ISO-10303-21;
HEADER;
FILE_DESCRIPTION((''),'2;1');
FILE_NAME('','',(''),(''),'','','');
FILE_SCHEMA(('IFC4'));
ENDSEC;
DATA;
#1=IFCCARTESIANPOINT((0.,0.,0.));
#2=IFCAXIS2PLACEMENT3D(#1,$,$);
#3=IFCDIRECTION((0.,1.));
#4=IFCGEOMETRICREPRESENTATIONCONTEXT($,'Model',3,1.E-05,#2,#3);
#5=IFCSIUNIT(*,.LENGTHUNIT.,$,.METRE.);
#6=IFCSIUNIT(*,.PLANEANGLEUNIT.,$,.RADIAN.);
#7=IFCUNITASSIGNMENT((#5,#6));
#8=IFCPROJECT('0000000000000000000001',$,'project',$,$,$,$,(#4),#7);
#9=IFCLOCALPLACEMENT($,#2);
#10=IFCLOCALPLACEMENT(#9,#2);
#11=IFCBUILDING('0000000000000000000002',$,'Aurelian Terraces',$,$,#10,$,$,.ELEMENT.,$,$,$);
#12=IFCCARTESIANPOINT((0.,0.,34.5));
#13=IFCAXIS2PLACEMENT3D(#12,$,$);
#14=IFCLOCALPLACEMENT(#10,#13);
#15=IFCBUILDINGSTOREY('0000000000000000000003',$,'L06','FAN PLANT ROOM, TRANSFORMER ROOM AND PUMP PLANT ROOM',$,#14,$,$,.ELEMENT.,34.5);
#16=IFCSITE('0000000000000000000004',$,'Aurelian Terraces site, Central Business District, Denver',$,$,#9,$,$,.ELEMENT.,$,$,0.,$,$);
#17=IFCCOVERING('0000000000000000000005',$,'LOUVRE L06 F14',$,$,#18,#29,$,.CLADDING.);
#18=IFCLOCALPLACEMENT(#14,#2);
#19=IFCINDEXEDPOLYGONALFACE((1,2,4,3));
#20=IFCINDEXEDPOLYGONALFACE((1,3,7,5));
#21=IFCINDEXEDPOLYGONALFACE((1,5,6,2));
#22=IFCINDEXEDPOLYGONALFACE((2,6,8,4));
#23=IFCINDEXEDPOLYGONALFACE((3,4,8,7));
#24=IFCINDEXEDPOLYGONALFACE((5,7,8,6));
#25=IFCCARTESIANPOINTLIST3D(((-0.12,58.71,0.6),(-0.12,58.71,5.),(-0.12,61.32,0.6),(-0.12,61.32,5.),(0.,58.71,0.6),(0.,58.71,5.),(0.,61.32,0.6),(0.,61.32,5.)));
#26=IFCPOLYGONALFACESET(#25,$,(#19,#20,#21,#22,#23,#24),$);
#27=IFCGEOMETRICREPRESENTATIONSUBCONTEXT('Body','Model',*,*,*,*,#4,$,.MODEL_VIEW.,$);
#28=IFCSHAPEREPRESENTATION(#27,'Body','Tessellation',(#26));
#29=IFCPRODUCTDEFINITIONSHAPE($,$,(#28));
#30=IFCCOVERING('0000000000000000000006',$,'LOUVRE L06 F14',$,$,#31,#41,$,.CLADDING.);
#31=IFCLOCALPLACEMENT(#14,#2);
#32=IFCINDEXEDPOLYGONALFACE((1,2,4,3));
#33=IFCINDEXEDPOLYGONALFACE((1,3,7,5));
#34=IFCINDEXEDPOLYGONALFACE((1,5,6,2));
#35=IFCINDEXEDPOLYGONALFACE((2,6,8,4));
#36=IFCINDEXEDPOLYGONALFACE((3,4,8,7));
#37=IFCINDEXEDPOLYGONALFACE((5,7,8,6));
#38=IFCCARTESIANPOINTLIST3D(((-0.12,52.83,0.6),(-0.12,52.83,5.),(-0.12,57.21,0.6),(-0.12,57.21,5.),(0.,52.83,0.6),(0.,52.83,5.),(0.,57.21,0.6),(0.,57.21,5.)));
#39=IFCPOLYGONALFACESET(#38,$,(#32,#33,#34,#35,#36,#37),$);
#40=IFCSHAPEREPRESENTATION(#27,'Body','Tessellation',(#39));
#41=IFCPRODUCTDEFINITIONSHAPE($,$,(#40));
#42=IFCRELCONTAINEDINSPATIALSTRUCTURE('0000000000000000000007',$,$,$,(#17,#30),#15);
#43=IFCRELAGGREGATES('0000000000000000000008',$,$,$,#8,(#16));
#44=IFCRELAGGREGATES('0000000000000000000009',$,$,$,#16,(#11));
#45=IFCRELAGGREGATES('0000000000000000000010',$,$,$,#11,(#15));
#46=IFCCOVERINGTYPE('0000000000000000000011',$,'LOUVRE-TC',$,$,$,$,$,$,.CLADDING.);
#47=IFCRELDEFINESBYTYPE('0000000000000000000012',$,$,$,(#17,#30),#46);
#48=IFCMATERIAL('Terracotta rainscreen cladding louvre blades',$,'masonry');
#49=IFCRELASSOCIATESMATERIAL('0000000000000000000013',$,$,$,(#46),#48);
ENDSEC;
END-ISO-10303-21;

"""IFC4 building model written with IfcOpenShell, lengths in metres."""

from ifc_helpers import new_model, si_unit, direction, frame, origin, origin_2d, place, context, subcontext, project, spatial, rectangle, extrude, source, transform, mapped, material, type_object, element, save


model = new_model("IFC4")

# Units and contexts
model_context = context("Model", 3, precision=1e-05, world=origin(), true_north=direction((0.0, 1.0)))
body_context = subcontext(model_context, "Body", "Model", "MODEL_VIEW")
ifc_project = project(units=[si_unit("LENGTHUNIT", "METRE"), si_unit("PLANEANGLEUNIT", "RADIAN")], contexts=[model_context])

# Site, building, storey
site_placement = place(None, origin())
site = spatial("IfcSite", under=ifc_project, at=site_placement, Name="Aurelian Terraces site, Central Business District, Denver", CompositionType="ELEMENT", RefElevation=0.0)
building_placement = place(site_placement, origin())
building = spatial("IfcBuilding", under=site, at=building_placement, Name="Aurelian Terraces", CompositionType="ELEMENT")
storey_placement = place(building_placement, frame((0.0, 0.0, 34.5)))
storey = spatial("IfcBuildingStorey", under=building, at=storey_placement, Name="L06", Description="FAN PLANT ROOM, TRANSFORMER ROOM AND PUMP PLANT ROOM", CompositionType="ELEMENT", Elevation=34.5)

# Coverings
ifc_material_1 = material(Name="Terracotta rainscreen cladding louvre blades", Category="masonry")
covering_type = type_object("IfcCoveringType", Name="LOUVRE-TC", PredefinedType="CLADDING", material=ifc_material_1)
shared_shape_1 = source(origin(), body_context, "Body", "SweptSolid", [
    extrude(rectangle(XDim=0.12, YDim=2.61, at=origin_2d()), origin(), (0.0, 0.0, 1.0), 4.4),
])
covering_1_placement = place(storey_placement, frame((-0.06, 60.015, 0.6), z_axis=(0.0, 0.0, 1.0), x_axis=(1.0, 0.0, 0.0)))
element("IfcCovering", 1, at=covering_1_placement, inside=storey, type_object=covering_type, Name="LOUVRE L06 F14", PredefinedType="CLADDING", context=body_context, shape_type="MappedRepresentation", body=[
    mapped(shared_shape_1, transform((0.0, 0.0, 0.0), scale=1.0)),
])
shared_shape_2 = source(origin(), body_context, "Body", "SweptSolid", [
    extrude(rectangle(XDim=0.12, YDim=4.38, at=origin_2d()), origin(), (0.0, 0.0, 1.0), 4.4),
])
covering_2_placement = place(storey_placement, frame((-0.06, 55.02, 0.6), z_axis=(0.0, 0.0, 1.0), x_axis=(1.0, 0.0, 0.0)))
element("IfcCovering", 2, at=covering_2_placement, inside=storey, type_object=covering_type, Name="LOUVRE L06 F14", PredefinedType="CLADDING", context=body_context, shape_type="MappedRepresentation", body=[
    mapped(shared_shape_2, transform((0.0, 0.0, 0.0), scale=1.0)),
])

save(model, "model.ifc")
